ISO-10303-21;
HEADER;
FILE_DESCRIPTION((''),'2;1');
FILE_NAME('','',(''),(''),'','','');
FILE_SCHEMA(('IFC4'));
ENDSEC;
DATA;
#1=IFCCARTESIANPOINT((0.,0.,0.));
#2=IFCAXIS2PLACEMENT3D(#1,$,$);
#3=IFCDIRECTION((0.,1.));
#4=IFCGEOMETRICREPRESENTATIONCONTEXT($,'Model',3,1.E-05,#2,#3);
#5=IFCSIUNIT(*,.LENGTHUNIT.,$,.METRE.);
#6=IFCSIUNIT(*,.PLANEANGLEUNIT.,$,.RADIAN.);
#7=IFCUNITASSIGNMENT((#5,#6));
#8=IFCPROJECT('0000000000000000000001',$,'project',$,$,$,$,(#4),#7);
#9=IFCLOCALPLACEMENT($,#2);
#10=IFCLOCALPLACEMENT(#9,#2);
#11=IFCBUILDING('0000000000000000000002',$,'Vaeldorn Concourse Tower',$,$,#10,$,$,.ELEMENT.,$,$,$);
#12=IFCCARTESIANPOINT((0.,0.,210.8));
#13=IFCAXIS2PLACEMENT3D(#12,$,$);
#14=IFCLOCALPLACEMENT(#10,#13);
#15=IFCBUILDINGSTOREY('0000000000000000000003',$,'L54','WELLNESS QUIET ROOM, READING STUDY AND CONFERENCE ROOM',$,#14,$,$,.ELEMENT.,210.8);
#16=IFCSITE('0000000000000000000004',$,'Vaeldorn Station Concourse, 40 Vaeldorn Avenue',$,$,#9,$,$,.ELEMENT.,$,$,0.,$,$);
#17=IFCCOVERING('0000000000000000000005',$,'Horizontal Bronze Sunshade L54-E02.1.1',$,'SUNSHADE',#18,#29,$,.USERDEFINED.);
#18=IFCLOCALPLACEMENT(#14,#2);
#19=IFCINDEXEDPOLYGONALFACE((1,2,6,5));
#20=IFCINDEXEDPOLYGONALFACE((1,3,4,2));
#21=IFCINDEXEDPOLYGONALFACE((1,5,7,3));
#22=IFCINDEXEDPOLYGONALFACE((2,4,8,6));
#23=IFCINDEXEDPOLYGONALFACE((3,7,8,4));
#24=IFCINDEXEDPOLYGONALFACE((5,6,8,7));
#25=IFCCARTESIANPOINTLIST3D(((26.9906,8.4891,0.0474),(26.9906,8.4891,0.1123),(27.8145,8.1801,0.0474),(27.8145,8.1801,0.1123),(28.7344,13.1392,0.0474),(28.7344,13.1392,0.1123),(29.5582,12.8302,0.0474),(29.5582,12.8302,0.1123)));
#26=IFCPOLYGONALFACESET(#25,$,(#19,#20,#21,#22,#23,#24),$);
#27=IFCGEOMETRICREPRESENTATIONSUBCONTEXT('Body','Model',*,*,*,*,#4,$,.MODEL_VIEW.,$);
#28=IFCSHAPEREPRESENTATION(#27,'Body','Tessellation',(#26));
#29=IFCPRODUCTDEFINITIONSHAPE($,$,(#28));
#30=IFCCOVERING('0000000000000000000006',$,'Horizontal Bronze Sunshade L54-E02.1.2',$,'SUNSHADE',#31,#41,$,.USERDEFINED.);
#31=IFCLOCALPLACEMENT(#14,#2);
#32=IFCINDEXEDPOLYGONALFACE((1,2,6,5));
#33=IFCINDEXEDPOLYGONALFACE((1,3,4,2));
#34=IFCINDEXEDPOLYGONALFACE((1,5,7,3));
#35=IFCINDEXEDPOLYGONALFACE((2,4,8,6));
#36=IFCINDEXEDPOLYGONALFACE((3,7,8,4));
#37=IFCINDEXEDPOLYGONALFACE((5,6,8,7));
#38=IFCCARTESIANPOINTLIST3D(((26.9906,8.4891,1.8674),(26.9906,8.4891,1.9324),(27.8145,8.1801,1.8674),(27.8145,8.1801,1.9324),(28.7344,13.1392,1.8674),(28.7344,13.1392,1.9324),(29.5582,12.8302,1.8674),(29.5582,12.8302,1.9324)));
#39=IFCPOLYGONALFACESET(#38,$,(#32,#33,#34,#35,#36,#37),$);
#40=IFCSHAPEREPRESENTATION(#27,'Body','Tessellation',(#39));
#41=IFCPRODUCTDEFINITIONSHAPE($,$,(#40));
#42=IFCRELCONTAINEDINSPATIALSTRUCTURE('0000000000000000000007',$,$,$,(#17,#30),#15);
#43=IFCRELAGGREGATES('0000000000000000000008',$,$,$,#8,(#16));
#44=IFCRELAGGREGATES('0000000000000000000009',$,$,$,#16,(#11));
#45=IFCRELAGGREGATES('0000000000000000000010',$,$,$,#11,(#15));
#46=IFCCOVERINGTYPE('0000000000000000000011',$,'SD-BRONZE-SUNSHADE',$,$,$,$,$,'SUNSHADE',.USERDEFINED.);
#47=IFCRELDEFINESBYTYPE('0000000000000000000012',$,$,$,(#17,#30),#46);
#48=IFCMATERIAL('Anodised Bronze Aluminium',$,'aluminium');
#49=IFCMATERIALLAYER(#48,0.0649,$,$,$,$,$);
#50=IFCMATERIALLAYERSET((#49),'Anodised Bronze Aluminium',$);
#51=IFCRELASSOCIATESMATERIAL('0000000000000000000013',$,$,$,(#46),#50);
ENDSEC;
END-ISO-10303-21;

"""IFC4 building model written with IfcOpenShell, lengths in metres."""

from ifc_helpers import new_model, si_unit, direction, frame, origin, origin_2d, place, context, subcontext, project, spatial, rectangle, extrude, source, transform, mapped, material, layer, layer_set, type_object, element, save


model = new_model("IFC4")

# Units and contexts
model_context = context("Model", 3, precision=1e-05, world=origin(), true_north=direction((0.0, 1.0)))
body_context = subcontext(model_context, "Body", "Model", "MODEL_VIEW")
ifc_project = project(units=[si_unit("LENGTHUNIT", "METRE"), si_unit("PLANEANGLEUNIT", "RADIAN")], contexts=[model_context])

# Site, building, storey
site_placement = place(None, origin())
site = spatial("IfcSite", under=ifc_project, at=site_placement, Name="Vaeldorn Station Concourse, 40 Vaeldorn Avenue", CompositionType="ELEMENT", RefElevation=0.0)
building_placement = place(site_placement, origin())
building = spatial("IfcBuilding", under=site, at=building_placement, Name="Vaeldorn Concourse Tower", CompositionType="ELEMENT")
storey_placement = place(building_placement, frame((0.0, 0.0, 210.8)))
storey = spatial("IfcBuildingStorey", under=building, at=storey_placement, Name="L54", Description="WELLNESS QUIET ROOM, READING STUDY AND CONFERENCE ROOM", CompositionType="ELEMENT", Elevation=210.8)

# Shared definitions
ifc_material_1 = material(Name="Anodised Bronze Aluminium", Category="aluminium")

# Coverings
ifc_layer_1 = layer(ifc_material_1, 0.0649)
ifc_layer_set_1 = layer_set([ifc_layer_1], Name="Anodised Bronze Aluminium")
covering_type = type_object("IfcCoveringType", Name="SD-BRONZE-SUNSHADE", ElementType="SUNSHADE", PredefinedType="USERDEFINED", material=ifc_layer_set_1)
shared_shape_1 = source(origin(), body_context, "Body", "SweptSolid", [
    extrude(rectangle(XDim=4.9663, YDim=0.8799, at=origin_2d()), origin(), (0.0, 0.0, 1.0), 0.0649),
])
for number, where, z_axis, x_axis, name in (
    (1, (28.2744, 10.6597, 0.0474), (0.0, 0.0, 1.0), (0.351123, 0.936329, 0.0), "Horizontal Bronze Sunshade L54-E02.1.1"),
    (2, (28.2744, 10.6597, 1.8674), (0.0, 0.0, 1.0), (0.351123, 0.936329, 0.0), "Horizontal Bronze Sunshade L54-E02.1.2"),
):
    element("IfcCovering", number, at=place(storey_placement, frame(where, z_axis=z_axis, x_axis=x_axis)), inside=storey, type_object=covering_type, Name=name, ObjectType="SUNSHADE", PredefinedType="USERDEFINED", context=body_context, shape_type="MappedRepresentation", body=[
        mapped(shared_shape_1, transform((0.0, 0.0, 0.0), scale=1.0)),
    ])

save(model, "model.ifc")
